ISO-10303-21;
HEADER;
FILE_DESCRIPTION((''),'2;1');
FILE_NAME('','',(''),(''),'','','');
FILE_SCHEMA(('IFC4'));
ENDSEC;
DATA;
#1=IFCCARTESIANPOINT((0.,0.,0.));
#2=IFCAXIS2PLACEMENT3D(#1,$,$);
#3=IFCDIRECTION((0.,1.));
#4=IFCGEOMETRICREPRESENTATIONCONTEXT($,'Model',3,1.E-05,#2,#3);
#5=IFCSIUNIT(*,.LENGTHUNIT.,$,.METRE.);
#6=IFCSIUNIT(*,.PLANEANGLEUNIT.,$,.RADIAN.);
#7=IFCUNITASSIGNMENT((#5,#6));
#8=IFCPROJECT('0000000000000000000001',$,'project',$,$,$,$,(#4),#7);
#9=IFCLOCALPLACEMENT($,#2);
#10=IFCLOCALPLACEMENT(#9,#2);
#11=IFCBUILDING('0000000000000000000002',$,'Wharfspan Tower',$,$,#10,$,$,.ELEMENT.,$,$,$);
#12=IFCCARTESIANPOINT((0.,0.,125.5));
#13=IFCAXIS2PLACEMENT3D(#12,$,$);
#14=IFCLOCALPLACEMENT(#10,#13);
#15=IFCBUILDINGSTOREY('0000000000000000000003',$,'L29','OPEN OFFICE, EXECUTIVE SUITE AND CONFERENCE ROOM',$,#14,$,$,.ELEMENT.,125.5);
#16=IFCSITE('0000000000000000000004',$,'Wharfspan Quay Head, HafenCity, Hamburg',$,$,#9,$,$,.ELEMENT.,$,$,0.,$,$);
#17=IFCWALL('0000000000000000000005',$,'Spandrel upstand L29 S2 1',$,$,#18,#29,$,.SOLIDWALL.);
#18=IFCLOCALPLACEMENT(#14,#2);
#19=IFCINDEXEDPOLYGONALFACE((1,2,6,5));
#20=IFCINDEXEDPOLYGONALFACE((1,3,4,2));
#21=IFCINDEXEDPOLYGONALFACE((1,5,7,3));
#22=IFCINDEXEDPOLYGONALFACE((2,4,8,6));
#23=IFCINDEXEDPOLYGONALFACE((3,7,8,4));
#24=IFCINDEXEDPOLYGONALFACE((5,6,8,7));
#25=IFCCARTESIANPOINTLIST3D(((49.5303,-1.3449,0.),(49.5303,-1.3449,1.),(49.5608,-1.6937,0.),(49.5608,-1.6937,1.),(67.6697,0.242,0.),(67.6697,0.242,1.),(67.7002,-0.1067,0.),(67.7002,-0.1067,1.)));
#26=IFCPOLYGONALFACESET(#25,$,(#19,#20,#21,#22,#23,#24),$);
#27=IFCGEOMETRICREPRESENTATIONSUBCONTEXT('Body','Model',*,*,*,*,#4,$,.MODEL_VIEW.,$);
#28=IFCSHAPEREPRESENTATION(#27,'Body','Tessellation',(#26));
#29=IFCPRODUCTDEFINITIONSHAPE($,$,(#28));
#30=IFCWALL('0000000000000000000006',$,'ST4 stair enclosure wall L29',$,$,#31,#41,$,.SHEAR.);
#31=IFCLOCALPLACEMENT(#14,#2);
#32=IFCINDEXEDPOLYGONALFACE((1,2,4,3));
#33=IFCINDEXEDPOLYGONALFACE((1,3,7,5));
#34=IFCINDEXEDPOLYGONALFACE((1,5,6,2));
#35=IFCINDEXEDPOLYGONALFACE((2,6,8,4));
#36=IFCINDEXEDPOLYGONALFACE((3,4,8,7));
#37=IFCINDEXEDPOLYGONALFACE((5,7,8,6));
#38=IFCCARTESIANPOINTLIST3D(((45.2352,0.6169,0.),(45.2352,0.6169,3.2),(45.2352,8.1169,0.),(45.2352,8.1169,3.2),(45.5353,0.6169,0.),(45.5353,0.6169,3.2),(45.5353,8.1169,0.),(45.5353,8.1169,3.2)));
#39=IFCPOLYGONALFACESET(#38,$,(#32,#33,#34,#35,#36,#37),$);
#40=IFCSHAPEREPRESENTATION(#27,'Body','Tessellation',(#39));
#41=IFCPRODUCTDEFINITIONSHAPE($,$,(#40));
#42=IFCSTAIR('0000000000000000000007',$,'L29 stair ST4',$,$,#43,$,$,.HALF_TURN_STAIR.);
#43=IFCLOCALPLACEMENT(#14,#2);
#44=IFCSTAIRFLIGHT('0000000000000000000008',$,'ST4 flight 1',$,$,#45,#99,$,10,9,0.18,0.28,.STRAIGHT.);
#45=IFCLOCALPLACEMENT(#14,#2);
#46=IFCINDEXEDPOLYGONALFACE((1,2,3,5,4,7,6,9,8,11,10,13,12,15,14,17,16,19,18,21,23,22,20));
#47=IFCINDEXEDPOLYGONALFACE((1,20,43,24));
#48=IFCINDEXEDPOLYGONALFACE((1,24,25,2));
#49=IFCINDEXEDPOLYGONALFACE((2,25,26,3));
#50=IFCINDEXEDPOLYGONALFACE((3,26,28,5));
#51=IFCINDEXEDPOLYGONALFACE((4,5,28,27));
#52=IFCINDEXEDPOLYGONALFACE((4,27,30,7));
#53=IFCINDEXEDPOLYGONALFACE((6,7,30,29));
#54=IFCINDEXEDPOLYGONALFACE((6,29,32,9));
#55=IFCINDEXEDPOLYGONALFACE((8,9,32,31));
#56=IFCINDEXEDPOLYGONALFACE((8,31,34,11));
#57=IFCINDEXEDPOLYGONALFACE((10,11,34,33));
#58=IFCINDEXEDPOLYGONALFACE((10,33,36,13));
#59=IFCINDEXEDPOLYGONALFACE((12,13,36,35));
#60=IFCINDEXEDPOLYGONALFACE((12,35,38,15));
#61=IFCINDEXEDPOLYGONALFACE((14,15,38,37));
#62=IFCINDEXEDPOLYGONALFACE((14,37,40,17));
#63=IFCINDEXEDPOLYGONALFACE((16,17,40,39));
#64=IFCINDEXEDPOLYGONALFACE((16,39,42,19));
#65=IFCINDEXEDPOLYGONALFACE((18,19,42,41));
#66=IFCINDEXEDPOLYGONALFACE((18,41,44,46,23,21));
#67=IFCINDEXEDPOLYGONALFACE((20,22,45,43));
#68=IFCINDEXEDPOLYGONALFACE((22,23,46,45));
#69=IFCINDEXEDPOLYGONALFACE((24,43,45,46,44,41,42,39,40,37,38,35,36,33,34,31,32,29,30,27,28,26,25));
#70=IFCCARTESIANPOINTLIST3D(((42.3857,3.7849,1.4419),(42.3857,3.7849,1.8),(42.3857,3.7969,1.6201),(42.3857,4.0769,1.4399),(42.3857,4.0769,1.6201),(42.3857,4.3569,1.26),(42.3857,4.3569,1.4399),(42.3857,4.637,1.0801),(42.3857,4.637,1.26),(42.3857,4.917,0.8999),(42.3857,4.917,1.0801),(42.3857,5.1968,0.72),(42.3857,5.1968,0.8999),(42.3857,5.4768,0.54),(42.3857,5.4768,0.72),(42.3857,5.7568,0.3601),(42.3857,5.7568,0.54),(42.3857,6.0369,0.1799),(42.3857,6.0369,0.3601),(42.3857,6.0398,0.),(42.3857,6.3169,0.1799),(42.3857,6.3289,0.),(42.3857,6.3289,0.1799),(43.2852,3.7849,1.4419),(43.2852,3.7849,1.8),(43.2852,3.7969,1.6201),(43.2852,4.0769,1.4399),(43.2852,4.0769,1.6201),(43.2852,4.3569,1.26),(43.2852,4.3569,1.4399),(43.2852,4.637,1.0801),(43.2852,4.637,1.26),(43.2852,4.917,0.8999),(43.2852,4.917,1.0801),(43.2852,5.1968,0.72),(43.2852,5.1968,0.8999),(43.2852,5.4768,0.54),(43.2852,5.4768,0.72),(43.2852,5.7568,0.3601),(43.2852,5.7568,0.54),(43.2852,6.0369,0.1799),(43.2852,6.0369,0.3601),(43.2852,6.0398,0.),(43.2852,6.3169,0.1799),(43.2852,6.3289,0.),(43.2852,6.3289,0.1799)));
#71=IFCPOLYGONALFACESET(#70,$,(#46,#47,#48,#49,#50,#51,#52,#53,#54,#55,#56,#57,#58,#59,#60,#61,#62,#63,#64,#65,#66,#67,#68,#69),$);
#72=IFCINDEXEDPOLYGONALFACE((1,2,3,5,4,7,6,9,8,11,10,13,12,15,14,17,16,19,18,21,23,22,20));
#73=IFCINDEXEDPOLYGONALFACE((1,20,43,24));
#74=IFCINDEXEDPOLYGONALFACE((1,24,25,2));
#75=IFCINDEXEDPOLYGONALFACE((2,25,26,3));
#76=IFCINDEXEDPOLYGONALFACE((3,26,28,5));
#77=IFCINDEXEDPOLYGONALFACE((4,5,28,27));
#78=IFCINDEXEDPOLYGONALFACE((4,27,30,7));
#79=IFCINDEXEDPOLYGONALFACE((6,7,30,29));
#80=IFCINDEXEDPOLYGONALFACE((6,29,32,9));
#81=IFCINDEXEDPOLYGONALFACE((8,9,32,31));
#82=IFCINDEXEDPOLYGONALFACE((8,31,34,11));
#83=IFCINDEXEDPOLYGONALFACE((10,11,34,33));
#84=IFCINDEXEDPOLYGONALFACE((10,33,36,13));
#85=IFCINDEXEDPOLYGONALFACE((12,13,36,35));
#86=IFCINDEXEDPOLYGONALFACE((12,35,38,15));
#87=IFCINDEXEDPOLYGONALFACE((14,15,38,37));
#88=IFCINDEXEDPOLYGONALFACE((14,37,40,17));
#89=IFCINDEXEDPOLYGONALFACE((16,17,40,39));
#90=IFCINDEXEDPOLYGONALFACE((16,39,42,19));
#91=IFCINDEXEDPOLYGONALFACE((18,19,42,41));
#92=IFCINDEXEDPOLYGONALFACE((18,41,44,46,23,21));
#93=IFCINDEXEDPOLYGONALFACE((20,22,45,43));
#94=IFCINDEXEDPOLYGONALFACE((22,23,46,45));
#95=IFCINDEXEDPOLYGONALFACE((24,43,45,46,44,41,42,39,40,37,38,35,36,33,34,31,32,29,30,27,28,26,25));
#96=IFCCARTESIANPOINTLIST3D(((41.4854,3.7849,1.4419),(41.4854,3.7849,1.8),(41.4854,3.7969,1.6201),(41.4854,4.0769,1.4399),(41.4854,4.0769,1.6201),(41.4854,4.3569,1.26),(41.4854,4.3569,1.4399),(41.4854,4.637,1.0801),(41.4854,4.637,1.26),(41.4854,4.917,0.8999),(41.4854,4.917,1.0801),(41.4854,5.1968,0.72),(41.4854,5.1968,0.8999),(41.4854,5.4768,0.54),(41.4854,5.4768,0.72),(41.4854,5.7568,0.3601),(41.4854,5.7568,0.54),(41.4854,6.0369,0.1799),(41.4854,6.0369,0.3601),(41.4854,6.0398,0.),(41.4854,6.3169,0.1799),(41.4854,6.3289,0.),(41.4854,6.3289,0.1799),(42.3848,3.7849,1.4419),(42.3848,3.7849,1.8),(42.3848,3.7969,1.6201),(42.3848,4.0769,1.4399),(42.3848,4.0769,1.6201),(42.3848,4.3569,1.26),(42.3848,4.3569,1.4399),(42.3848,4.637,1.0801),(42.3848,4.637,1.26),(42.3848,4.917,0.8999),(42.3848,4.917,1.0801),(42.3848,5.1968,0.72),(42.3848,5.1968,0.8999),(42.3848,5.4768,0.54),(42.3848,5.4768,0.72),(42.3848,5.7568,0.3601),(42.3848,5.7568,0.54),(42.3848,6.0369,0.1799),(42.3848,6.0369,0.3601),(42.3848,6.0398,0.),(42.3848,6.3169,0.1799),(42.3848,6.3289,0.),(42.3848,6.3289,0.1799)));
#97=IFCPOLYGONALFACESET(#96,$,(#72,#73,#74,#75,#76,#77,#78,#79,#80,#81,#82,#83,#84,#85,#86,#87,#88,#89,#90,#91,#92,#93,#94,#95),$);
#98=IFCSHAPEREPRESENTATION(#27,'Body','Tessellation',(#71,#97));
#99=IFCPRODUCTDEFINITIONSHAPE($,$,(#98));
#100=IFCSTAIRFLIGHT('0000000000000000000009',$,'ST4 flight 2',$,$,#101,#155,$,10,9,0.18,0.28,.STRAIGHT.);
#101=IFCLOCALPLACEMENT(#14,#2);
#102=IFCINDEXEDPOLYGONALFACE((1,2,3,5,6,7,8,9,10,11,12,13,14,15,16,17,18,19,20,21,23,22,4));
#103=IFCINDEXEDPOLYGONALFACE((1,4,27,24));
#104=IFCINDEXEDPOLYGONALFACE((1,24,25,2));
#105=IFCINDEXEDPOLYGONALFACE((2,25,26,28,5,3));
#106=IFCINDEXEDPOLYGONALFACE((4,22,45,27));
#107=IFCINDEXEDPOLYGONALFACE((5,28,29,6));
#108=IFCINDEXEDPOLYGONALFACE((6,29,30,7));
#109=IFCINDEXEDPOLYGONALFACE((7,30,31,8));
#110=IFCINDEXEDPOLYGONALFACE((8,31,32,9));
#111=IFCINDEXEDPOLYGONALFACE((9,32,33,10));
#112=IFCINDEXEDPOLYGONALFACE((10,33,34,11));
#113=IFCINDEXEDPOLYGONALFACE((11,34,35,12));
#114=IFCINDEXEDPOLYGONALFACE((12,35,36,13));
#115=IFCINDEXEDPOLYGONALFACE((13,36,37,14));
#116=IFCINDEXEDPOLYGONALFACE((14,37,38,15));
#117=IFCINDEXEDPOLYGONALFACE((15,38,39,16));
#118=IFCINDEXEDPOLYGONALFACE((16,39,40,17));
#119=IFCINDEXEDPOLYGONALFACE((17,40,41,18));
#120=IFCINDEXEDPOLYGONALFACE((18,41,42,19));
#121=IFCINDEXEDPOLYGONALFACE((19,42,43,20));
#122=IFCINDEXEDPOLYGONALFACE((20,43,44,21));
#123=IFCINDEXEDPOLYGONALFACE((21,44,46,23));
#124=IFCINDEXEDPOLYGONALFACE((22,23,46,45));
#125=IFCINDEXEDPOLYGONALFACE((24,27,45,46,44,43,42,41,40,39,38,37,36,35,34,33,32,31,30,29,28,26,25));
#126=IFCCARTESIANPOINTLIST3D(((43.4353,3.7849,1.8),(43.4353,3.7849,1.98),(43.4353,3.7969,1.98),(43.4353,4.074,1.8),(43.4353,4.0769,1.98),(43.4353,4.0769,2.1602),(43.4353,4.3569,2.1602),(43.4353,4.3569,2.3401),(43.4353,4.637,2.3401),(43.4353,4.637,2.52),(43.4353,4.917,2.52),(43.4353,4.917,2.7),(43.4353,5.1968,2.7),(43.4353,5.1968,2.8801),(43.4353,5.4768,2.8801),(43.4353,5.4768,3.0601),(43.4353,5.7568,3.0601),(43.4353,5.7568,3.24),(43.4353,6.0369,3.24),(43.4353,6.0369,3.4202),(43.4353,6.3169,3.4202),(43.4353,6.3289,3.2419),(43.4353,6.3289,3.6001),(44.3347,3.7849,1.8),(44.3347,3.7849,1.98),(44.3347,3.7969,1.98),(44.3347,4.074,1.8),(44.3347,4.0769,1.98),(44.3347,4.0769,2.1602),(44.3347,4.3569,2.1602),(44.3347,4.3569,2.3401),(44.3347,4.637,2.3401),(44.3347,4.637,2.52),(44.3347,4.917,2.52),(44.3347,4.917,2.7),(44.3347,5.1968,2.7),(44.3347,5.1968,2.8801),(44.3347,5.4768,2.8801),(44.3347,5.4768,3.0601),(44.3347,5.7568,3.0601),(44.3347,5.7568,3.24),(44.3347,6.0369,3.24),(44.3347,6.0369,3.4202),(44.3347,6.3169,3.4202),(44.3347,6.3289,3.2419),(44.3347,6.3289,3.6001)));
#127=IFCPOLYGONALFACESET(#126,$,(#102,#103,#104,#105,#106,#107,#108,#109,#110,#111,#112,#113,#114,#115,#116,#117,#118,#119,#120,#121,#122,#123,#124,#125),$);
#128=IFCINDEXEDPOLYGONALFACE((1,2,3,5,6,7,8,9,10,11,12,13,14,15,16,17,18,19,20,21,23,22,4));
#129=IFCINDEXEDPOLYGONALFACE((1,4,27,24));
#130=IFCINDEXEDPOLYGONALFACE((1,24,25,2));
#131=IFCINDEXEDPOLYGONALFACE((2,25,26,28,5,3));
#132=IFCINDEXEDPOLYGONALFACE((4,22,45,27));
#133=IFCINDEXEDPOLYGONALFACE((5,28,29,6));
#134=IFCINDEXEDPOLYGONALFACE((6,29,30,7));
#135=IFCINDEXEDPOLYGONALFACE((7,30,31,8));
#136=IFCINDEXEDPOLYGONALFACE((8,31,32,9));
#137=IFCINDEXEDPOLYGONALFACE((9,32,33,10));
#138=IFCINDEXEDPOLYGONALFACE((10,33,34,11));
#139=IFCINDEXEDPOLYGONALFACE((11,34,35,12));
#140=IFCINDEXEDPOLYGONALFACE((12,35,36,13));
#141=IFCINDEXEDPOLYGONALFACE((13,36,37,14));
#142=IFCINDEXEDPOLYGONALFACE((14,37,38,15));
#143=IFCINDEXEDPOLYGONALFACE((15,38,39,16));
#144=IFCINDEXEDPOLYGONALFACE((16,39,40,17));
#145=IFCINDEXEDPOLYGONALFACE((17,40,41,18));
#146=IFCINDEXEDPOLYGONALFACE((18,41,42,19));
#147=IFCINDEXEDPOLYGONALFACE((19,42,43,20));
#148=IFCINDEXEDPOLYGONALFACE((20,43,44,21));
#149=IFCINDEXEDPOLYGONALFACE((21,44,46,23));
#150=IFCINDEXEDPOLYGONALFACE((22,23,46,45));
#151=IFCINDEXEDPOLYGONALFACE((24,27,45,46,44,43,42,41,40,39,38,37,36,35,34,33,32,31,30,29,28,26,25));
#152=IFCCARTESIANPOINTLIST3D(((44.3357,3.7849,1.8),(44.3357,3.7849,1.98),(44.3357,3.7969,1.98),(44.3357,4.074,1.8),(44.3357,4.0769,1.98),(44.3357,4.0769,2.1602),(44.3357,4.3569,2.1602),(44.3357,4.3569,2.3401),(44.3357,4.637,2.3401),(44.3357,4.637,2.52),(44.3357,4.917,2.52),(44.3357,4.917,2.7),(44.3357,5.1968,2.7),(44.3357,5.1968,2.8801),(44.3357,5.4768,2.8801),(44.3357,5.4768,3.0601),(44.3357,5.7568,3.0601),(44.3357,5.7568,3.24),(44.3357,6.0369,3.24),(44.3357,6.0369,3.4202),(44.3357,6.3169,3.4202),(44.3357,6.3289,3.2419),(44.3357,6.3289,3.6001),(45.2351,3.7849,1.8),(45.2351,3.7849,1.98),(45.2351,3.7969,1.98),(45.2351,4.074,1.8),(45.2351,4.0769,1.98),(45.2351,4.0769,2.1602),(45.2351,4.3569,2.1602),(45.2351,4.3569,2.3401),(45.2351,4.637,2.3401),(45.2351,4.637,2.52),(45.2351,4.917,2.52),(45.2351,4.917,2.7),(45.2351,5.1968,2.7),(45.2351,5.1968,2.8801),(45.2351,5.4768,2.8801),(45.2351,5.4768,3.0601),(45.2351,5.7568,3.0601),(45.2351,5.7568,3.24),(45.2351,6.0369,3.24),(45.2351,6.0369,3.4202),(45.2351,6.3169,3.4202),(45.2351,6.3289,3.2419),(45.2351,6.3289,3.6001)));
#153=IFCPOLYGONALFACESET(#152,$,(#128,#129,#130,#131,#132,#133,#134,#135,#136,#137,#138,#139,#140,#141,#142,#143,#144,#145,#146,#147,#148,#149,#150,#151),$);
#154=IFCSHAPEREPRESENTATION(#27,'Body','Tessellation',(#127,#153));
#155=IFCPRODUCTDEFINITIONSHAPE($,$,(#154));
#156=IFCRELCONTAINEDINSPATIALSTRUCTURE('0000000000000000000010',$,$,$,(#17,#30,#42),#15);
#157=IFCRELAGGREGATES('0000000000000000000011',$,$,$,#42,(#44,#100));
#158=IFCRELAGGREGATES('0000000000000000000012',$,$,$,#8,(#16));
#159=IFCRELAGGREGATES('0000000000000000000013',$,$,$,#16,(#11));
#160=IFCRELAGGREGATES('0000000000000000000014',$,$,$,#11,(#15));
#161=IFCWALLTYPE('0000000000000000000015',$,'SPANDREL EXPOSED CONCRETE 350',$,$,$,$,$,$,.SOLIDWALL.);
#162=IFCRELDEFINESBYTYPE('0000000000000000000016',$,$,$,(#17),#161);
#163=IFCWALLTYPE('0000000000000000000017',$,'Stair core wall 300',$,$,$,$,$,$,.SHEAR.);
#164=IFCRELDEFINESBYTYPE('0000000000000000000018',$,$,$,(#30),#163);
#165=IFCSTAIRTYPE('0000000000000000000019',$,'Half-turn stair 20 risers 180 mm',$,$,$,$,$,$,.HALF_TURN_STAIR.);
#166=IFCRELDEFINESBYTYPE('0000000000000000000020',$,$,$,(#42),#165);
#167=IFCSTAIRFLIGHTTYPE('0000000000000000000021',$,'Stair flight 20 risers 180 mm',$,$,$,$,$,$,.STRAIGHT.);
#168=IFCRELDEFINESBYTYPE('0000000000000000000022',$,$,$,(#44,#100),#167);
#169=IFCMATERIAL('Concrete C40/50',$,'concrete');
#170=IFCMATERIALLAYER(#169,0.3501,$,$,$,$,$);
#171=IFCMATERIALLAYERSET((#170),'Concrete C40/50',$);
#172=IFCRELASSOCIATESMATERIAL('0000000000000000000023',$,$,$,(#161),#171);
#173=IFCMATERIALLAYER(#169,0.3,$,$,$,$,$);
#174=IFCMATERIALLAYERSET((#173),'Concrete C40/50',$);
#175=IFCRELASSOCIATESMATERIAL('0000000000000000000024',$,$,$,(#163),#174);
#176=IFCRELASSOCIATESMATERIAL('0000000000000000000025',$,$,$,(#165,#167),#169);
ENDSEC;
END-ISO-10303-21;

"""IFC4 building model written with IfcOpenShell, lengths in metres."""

from ifc_helpers import new_model, si_unit, direction, frame, frame_2d, origin, place, context, subcontext, project, spatial, polyline, rectangle, outline, extrude, material, layer, layer_set, type_object, element, aggregate, save


model = new_model("IFC4")

# Units and contexts
model_context = context("Model", 3, precision=1e-05, world=origin(), true_north=direction((0.0, 1.0)))
body_context = subcontext(model_context, "Body", "Model", "MODEL_VIEW")
ifc_project = project(units=[si_unit("LENGTHUNIT", "METRE"), si_unit("PLANEANGLEUNIT", "RADIAN")], contexts=[model_context])

# Site, building, storey
site_placement = place(None, origin())
site = spatial("IfcSite", under=ifc_project, at=site_placement, Name="Wharfspan Quay Head, HafenCity, Hamburg", CompositionType="ELEMENT", RefElevation=0.0)
building_placement = place(site_placement, origin())
building = spatial("IfcBuilding", under=site, at=building_placement, Name="Wharfspan Tower", CompositionType="ELEMENT")
storey_placement = place(building_placement, frame((0.0, 0.0, 125.5)))
storey = spatial("IfcBuildingStorey", under=building, at=storey_placement, Name="L29", Description="OPEN OFFICE, EXECUTIVE SUITE AND CONFERENCE ROOM", CompositionType="ELEMENT", Elevation=125.5)

# Walls
ifc_material_1 = material(Name="Concrete C40/50", Category="concrete")
ifc_layer_1 = layer(ifc_material_1, 0.3501)
ifc_layer_set_1 = layer_set([ifc_layer_1], Name="Concrete C40/50")
wall_type_1 = type_object("IfcWallType", Name="SPANDREL EXPOSED CONCRETE 350", PredefinedType="SOLIDWALL", material=ifc_layer_set_1)
wall_1_placement = place(storey_placement, frame((49.5454, -1.5193, 0.0), z_axis=(0.0, 0.0, 1.0), x_axis=(0.996191, 0.087151, 0.0)))
element("IfcWall", 1, at=wall_1_placement, inside=storey, type_object=wall_type_1, Name="Spandrel upstand L29 S2 1", PredefinedType="SOLIDWALL", context=body_context, shape_type="SweptSolid", body=[
    extrude(rectangle(XDim=18.2087, YDim=0.3501, at=frame_2d((9.1045, 0.0))), origin(), (0.0, 0.0, 1.0), 1.0),
])
ifc_layer_2 = layer(ifc_material_1, 0.3)
ifc_layer_set_2 = layer_set([ifc_layer_2], Name="Concrete C40/50")
wall_type_2 = type_object("IfcWallType", Name="Stair core wall 300", PredefinedType="SHEAR", material=ifc_layer_set_2)
wall_2_placement = place(storey_placement, frame((45.3853, 0.6169, 0.0), z_axis=(0.0, 0.0, 1.0), x_axis=(0.0, 1.0, 0.0)))
element("IfcWall", 2, at=wall_2_placement, inside=storey, type_object=wall_type_2, Name="ST4 stair enclosure wall L29", PredefinedType="SHEAR", context=body_context, shape_type="SweptSolid", body=[
    extrude(rectangle(XDim=7.5, YDim=0.3, at=frame_2d((3.75, 0.0))), origin(), (0.0, 0.0, 1.0), 3.2),
])

# Stair, stair flights
stair_type = type_object("IfcStairType", Name="Half-turn stair 20 risers 180 mm", PredefinedType="HALF_TURN_STAIR", material=ifc_material_1)
stair_placement = place(storey_placement, origin())
stair = element("IfcStair", 3, at=stair_placement, inside=storey, type_object=stair_type, Name="L29 stair ST4", PredefinedType="HALF_TURN_STAIR")
stair_flight_type = type_object("IfcStairFlightType", Name="Stair flight 20 risers 180 mm", PredefinedType="STRAIGHT", material=ifc_material_1)
stair_flight_1_placement = place(storey_placement, frame((42.3853, 6.3169, 0.0), z_axis=(0.0, 0.0, 1.0), x_axis=(0.0, -1.0, 0.0)))
stair_flight_1 = element("IfcStairFlight", 4, at=stair_flight_1_placement, type_object=stair_flight_type, Name="ST4 flight 1", NumberOfRisers=10, NumberOfTreads=9, PredefinedType="STRAIGHT", RiserHeight=0.18, TreadLength=0.28, context=body_context, shape_type="SweptSolid", body=[
    extrude(outline(polyline([(-0.012, 0.0), (-0.012, 0.1799), (0.0, 0.1799), (0.28, 0.1799), (0.28, 0.3601), (0.5601, 0.3601), (0.5601, 0.54), (0.8401, 0.54), (0.8401, 0.72), (1.1201, 0.72), (1.1201, 0.8999), (1.3999, 0.8999), (1.3999, 1.0801), (1.6799, 1.0801), (1.6799, 1.26), (1.96, 1.26), (1.96, 1.4399), (2.24, 1.4399), (2.24, 1.6201), (2.52, 1.6201), (2.532, 1.8), (2.532, 1.4419), (0.2771, 0.0), (-0.012, 0.0)])), frame((0.0, 0.8999, 0.0), z_axis=(0.0, -1.0, 0.0), x_axis=(1.0, 0.0, 0.0)), (0.0, 0.0, 1.0), 0.8994),
    extrude(outline(polyline([(-0.012, 0.0), (-0.012, 0.1799), (0.0, 0.1799), (0.28, 0.1799), (0.28, 0.3601), (0.5601, 0.3601), (0.5601, 0.54), (0.8401, 0.54), (0.8401, 0.72), (1.1201, 0.72), (1.1201, 0.8999), (1.3999, 0.8999), (1.3999, 1.0801), (1.6799, 1.0801), (1.6799, 1.26), (1.96, 1.26), (1.96, 1.4399), (2.24, 1.4399), (2.24, 1.6201), (2.52, 1.6201), (2.532, 1.8), (2.532, 1.4419), (0.2771, 0.0), (-0.012, 0.0)])), frame((0.0, -0.0005, 0.0), z_axis=(0.0, -1.0, 0.0), x_axis=(1.0, 0.0, 0.0)), (0.0, 0.0, 1.0), 0.8994),
])
stair_flight_2_placement = place(storey_placement, frame((44.3352, 3.7969, 1.8), z_axis=(0.0, 0.0, 1.0), x_axis=(0.0, 1.0, 0.0)))
stair_flight_2 = element("IfcStairFlight", 5, at=stair_flight_2_placement, type_object=stair_flight_type, Name="ST4 flight 2", NumberOfRisers=10, NumberOfTreads=9, PredefinedType="STRAIGHT", RiserHeight=0.18, TreadLength=0.28, context=body_context, shape_type="SweptSolid", body=[
    extrude(outline(polyline([(-0.012, 0.0), (-0.012, 0.1799), (0.0, 0.1799), (0.28, 0.1799), (0.28, 0.3601), (0.5601, 0.3601), (0.5601, 0.54), (0.8401, 0.54), (0.8401, 0.72), (1.1201, 0.72), (1.1201, 0.8999), (1.3999, 0.8999), (1.3999, 1.0801), (1.6799, 1.0801), (1.6799, 1.26), (1.96, 1.26), (1.96, 1.4399), (2.24, 1.4399), (2.24, 1.6201), (2.52, 1.6201), (2.532, 1.8), (2.532, 1.4419), (0.2771, 0.0), (-0.012, 0.0)])), frame((0.0, 0.8999, 0.0), z_axis=(0.0, -1.0, 0.0), x_axis=(1.0, 0.0, 0.0)), (0.0, 0.0, 1.0), 0.8994),
    extrude(outline(polyline([(-0.012, 0.0), (-0.012, 0.1799), (0.0, 0.1799), (0.28, 0.1799), (0.28, 0.3601), (0.5601, 0.3601), (0.5601, 0.54), (0.8401, 0.54), (0.8401, 0.72), (1.1201, 0.72), (1.1201, 0.8999), (1.3999, 0.8999), (1.3999, 1.0801), (1.6799, 1.0801), (1.6799, 1.26), (1.96, 1.26), (1.96, 1.4399), (2.24, 1.4399), (2.24, 1.6201), (2.52, 1.6201), (2.532, 1.8), (2.532, 1.4419), (0.2771, 0.0), (-0.012, 0.0)])), frame((0.0, -0.0005, 0.0), z_axis=(0.0, -1.0, 0.0), x_axis=(1.0, 0.0, 0.0)), (0.0, 0.0, 1.0), 0.8994),
])
aggregate(stair, [stair_flight_1, stair_flight_2])

save(model, "model.ifc")
